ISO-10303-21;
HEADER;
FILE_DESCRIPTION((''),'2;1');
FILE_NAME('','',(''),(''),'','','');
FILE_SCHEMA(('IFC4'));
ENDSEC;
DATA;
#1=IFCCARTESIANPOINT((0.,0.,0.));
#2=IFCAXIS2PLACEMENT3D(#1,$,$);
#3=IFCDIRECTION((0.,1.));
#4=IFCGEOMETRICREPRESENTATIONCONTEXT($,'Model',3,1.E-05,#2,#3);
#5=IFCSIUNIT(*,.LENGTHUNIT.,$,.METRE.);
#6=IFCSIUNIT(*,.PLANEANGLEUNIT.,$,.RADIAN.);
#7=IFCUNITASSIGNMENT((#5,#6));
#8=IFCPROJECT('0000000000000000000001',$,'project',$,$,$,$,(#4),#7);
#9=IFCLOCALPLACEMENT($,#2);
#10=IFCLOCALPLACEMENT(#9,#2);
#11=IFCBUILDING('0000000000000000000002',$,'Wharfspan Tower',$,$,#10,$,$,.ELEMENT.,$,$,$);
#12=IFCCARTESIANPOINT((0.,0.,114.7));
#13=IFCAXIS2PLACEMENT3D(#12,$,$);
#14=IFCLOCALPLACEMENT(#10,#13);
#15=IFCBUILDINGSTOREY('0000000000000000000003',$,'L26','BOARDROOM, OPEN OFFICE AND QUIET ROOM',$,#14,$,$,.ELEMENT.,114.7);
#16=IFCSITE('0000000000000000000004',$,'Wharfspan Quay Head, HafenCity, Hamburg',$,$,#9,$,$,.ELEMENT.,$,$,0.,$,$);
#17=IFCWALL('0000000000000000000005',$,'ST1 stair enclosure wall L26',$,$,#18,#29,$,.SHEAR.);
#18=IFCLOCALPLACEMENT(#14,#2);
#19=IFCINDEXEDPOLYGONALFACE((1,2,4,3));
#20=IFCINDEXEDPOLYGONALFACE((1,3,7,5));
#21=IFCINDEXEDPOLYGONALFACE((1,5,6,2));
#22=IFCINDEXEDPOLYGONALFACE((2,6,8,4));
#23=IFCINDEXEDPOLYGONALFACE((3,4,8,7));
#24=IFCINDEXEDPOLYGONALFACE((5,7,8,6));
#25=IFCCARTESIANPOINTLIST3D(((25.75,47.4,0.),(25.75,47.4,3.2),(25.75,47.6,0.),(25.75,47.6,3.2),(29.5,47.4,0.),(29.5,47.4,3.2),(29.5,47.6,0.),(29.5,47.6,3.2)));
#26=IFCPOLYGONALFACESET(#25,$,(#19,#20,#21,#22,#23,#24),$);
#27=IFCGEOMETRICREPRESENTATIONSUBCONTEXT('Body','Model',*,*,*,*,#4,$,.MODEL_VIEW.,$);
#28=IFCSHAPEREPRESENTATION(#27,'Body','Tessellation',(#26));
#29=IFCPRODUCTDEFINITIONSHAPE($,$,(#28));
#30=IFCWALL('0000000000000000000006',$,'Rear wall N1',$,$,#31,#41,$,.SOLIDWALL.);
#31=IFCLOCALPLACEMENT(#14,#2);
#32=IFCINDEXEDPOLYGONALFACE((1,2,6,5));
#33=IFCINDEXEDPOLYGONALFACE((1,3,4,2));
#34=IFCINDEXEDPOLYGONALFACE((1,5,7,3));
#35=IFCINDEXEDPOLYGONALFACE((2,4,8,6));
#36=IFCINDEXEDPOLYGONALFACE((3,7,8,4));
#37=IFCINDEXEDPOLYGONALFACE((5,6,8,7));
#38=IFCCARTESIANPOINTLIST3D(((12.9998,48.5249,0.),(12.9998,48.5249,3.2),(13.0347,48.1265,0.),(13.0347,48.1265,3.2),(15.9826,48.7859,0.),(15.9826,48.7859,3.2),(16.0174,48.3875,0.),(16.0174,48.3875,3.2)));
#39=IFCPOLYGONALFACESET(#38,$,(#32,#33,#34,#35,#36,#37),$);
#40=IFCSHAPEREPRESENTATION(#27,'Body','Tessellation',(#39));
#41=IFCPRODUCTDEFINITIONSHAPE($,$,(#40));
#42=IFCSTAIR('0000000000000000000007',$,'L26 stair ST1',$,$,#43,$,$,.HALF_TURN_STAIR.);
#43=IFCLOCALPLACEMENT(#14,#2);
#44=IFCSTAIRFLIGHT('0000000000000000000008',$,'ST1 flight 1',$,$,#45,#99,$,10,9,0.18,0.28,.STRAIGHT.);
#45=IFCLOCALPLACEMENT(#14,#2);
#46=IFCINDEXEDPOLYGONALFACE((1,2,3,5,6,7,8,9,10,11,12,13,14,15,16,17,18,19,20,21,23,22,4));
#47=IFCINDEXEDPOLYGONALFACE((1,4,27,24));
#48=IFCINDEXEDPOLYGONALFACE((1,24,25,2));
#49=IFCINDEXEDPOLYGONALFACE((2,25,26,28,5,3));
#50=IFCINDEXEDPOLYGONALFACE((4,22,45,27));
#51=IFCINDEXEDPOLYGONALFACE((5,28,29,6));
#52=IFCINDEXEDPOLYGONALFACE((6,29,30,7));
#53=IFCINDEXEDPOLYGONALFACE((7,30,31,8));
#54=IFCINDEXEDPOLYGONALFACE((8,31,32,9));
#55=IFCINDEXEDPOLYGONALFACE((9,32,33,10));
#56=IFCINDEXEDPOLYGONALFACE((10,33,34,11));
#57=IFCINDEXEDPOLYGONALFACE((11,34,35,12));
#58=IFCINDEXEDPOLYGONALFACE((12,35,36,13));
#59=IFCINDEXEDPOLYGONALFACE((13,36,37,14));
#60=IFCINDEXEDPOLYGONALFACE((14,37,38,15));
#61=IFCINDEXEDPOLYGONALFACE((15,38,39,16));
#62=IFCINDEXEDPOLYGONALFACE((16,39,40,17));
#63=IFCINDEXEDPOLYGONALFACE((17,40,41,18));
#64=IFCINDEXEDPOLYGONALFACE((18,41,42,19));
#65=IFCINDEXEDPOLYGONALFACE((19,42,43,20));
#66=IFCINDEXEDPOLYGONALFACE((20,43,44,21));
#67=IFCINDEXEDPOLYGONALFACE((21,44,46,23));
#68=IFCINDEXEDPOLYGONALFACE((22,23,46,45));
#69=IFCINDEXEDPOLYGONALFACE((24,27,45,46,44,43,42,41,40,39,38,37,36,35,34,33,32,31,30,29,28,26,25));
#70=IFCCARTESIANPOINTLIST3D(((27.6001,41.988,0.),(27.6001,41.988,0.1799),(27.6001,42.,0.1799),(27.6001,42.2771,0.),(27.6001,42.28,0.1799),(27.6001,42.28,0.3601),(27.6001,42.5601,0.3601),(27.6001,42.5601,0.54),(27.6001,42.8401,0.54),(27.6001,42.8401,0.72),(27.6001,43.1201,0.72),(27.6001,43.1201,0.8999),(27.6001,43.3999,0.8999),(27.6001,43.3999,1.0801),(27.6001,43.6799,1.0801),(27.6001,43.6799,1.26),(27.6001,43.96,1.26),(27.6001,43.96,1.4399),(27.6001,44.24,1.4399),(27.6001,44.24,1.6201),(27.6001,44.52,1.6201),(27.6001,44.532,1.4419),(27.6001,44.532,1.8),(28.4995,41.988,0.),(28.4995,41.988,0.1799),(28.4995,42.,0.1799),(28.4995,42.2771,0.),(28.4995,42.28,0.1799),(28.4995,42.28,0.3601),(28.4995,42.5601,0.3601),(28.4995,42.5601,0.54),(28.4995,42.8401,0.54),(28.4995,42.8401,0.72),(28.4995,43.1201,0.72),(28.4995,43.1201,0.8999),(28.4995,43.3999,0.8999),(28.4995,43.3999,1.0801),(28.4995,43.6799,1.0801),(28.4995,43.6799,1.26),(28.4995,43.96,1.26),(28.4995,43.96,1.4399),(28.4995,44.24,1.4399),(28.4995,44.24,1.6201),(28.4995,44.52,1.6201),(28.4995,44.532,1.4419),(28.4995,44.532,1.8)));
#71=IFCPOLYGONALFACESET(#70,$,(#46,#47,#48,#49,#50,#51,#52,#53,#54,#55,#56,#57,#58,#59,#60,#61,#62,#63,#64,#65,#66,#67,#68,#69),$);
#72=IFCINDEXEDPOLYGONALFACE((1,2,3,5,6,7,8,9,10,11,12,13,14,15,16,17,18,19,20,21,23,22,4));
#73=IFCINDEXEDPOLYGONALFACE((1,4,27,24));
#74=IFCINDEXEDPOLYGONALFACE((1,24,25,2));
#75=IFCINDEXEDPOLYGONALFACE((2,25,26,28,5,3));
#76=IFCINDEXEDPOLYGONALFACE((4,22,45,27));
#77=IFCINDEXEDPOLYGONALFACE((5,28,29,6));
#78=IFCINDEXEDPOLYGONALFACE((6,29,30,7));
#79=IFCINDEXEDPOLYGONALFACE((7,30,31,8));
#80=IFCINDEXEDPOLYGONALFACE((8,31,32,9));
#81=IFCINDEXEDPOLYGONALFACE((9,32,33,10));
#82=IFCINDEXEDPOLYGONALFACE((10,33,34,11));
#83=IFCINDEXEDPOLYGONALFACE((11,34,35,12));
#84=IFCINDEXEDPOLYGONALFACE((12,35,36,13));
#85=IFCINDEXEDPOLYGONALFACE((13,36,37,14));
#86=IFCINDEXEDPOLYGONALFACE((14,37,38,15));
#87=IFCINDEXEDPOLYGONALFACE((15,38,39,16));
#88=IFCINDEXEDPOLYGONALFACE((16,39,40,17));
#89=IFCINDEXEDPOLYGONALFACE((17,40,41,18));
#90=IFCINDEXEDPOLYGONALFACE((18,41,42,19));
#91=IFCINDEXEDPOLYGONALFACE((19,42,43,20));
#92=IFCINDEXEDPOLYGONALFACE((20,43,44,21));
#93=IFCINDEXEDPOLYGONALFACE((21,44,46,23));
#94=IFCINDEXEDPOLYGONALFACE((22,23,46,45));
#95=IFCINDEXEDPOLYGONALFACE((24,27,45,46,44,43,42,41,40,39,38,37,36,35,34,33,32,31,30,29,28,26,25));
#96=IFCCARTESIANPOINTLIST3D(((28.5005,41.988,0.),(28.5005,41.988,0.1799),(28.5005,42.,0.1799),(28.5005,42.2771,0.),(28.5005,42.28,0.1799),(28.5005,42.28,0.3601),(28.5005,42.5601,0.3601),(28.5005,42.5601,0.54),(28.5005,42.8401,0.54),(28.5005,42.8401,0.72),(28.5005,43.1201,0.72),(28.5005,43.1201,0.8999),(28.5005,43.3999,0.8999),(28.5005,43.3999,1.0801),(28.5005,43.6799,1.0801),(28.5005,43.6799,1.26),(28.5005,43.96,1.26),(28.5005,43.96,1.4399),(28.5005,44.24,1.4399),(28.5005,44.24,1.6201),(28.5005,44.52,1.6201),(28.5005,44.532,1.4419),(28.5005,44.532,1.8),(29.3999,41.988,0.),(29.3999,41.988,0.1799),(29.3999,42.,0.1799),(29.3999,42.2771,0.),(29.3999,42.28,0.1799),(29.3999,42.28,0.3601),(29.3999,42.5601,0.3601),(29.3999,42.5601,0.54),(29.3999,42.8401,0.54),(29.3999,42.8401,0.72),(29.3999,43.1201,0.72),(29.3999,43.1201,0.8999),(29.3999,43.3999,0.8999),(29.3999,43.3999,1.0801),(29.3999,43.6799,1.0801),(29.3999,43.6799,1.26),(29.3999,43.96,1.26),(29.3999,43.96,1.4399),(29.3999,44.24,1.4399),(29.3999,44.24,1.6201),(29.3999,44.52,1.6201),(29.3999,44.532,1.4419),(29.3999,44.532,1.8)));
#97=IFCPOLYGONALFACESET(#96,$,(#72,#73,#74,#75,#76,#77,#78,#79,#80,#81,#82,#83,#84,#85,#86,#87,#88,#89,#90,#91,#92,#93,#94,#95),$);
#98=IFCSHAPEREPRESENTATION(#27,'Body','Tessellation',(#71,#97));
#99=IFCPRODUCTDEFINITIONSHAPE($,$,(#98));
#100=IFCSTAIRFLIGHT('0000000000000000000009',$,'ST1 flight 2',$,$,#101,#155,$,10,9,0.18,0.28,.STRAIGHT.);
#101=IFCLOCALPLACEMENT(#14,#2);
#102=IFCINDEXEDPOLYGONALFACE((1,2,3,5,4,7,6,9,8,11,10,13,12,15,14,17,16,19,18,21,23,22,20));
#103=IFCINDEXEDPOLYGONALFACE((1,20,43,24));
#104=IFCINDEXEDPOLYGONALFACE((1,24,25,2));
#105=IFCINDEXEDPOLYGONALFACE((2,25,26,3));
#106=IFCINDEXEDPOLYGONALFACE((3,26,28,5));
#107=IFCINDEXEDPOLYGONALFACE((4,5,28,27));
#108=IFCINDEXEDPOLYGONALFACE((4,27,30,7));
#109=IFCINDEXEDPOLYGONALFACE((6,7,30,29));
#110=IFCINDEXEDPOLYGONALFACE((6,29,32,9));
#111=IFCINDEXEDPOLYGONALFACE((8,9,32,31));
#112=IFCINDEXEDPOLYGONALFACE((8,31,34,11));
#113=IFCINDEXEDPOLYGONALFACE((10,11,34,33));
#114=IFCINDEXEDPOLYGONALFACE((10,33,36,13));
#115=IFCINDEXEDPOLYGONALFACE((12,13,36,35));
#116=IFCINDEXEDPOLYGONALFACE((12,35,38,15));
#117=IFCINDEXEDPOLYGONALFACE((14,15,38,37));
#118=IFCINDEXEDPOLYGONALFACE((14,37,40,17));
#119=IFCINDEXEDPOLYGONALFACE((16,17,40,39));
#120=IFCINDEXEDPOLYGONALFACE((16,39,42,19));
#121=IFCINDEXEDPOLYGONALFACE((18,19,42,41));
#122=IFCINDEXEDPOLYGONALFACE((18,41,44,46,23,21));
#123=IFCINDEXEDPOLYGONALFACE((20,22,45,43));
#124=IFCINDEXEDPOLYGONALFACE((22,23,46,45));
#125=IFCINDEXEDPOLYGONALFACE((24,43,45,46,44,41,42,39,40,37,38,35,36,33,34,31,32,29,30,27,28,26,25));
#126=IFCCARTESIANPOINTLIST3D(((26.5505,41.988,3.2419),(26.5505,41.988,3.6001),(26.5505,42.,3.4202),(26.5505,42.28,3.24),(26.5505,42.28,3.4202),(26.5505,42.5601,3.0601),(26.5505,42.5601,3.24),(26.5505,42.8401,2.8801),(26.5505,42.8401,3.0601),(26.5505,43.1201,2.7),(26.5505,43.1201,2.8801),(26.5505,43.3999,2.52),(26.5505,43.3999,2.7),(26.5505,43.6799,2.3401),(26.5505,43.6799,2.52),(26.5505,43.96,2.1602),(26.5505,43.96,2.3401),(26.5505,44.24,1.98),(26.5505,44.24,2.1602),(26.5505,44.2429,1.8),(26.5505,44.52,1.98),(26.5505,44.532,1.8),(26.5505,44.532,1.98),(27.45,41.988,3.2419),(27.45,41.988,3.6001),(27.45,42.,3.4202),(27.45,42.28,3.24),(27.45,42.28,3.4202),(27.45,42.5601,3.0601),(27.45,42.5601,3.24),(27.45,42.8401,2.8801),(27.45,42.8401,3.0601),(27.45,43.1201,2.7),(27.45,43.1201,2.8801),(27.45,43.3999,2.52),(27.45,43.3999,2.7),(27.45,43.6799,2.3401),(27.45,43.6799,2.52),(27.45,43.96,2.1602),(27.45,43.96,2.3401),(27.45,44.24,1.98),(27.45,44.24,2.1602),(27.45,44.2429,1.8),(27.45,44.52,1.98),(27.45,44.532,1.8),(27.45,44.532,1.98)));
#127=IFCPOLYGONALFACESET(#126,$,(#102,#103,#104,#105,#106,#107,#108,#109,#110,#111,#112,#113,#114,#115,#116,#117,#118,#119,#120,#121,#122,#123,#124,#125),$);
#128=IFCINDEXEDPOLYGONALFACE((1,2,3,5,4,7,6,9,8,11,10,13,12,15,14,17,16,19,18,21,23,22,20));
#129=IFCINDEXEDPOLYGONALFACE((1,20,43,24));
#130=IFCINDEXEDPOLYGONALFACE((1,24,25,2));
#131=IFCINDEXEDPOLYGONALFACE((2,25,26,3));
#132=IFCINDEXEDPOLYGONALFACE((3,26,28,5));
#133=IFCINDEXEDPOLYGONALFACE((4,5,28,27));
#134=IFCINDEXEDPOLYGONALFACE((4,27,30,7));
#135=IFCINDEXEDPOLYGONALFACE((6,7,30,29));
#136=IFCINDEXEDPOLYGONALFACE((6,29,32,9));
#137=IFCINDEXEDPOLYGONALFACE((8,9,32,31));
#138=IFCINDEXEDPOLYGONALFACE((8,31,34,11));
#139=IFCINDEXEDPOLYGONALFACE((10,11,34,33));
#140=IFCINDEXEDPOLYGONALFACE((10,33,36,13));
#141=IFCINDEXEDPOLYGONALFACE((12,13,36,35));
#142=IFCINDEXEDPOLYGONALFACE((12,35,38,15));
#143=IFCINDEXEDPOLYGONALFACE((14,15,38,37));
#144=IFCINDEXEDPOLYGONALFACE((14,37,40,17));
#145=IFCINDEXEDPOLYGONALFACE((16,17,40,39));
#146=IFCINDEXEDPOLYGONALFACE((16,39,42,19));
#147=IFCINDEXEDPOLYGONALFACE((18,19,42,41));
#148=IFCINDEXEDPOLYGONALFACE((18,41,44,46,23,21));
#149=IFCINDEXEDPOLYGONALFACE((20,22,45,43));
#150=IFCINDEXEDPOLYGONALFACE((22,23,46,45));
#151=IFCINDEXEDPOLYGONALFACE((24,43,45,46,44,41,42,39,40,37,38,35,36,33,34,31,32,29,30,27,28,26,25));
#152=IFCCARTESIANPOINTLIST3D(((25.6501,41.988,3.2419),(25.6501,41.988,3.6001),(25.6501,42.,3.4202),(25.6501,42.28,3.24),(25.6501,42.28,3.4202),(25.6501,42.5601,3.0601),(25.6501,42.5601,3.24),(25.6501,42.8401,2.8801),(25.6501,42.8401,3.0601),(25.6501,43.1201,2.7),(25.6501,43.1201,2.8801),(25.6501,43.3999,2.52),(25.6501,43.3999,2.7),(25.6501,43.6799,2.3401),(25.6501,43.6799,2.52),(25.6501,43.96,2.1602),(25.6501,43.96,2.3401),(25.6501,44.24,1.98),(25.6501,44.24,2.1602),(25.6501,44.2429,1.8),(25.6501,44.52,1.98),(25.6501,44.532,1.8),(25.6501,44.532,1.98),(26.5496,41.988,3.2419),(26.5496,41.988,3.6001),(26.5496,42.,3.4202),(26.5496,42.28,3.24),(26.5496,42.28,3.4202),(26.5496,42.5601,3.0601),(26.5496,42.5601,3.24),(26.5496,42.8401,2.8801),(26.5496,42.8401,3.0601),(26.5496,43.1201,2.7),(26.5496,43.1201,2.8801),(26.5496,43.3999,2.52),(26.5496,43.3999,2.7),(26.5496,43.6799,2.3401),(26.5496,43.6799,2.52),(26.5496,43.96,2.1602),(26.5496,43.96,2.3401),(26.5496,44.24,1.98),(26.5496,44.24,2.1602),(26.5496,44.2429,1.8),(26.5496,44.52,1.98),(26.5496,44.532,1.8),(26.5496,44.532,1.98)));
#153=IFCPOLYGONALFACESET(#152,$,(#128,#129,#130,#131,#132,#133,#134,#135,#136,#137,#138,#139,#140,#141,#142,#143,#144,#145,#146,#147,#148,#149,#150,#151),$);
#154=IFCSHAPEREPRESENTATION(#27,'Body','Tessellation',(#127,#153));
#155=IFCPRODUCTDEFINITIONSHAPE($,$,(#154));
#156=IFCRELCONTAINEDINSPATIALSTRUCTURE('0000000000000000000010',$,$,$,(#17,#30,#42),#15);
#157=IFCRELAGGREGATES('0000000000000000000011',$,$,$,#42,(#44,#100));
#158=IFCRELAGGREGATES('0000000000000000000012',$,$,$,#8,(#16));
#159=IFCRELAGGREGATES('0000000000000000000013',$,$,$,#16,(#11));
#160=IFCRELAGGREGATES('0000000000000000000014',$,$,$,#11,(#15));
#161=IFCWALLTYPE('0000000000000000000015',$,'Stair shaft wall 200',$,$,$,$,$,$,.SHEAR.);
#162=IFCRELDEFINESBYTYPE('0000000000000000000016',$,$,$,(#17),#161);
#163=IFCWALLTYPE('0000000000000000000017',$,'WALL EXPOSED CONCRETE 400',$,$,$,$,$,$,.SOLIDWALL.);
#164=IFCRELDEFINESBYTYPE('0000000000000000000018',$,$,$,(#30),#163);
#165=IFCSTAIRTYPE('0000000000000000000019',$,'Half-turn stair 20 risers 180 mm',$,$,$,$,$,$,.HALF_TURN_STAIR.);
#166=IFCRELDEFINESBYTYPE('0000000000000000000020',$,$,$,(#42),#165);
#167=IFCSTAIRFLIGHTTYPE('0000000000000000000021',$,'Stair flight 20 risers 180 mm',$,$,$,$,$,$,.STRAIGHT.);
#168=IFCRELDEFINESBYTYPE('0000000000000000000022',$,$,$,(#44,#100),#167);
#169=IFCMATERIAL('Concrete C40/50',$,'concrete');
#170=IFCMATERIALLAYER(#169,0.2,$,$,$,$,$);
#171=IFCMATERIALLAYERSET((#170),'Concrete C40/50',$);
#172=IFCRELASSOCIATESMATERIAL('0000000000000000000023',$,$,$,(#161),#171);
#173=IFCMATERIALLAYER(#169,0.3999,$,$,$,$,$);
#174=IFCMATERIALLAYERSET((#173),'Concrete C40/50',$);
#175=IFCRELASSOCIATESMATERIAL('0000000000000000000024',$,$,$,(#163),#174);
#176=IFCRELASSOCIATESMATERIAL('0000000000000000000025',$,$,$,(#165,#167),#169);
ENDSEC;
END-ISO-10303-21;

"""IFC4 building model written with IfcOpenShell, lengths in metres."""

from ifc_helpers import new_model, si_unit, direction, frame, frame_2d, origin, place, context, subcontext, project, spatial, polyline, rectangle, outline, extrude, material, layer, layer_set, type_object, element, aggregate, save


model = new_model("IFC4")

# Units and contexts
model_context = context("Model", 3, precision=1e-05, world=origin(), true_north=direction((0.0, 1.0)))
body_context = subcontext(model_context, "Body", "Model", "MODEL_VIEW")
ifc_project = project(units=[si_unit("LENGTHUNIT", "METRE"), si_unit("PLANEANGLEUNIT", "RADIAN")], contexts=[model_context])

# Site, building, storey
site_placement = place(None, origin())
site = spatial("IfcSite", under=ifc_project, at=site_placement, Name="Wharfspan Quay Head, HafenCity, Hamburg", CompositionType="ELEMENT", RefElevation=0.0)
building_placement = place(site_placement, origin())
building = spatial("IfcBuilding", under=site, at=building_placement, Name="Wharfspan Tower", CompositionType="ELEMENT")
storey_placement = place(building_placement, frame((0.0, 0.0, 114.7)))
storey = spatial("IfcBuildingStorey", under=building, at=storey_placement, Name="L26", Description="BOARDROOM, OPEN OFFICE AND QUIET ROOM", CompositionType="ELEMENT", Elevation=114.7)

# Walls
ifc_material_1 = material(Name="Concrete C40/50", Category="concrete")
ifc_layer_1 = layer(ifc_material_1, 0.2)
ifc_layer_set_1 = layer_set([ifc_layer_1], Name="Concrete C40/50")
wall_type_1 = type_object("IfcWallType", Name="Stair shaft wall 200", PredefinedType="SHEAR", material=ifc_layer_set_1)
wall_1_placement = place(storey_placement, frame((25.75, 47.5, 0.0), z_axis=(0.0, 0.0, 1.0), x_axis=(1.0, 0.0, 0.0)))
element("IfcWall", 1, at=wall_1_placement, inside=storey, type_object=wall_type_1, Name="ST1 stair enclosure wall L26", PredefinedType="SHEAR", context=body_context, shape_type="SweptSolid", body=[
    extrude(rectangle(XDim=3.75, YDim=0.2, at=frame_2d((1.875, 0.0))), origin(), (0.0, 0.0, 1.0), 3.2),
])
ifc_layer_2 = layer(ifc_material_1, 0.3999)
ifc_layer_set_2 = layer_set([ifc_layer_2], Name="Concrete C40/50")
wall_type_2 = type_object("IfcWallType", Name="WALL EXPOSED CONCRETE 400", PredefinedType="SOLIDWALL", material=ifc_layer_set_2)
wall_2_placement = place(storey_placement, frame((16.0, 48.5867, 0.0), z_axis=(0.0, 0.0, 1.0), x_axis=(-0.996194, -0.087168, 0.0)))
element("IfcWall", 2, at=wall_2_placement, inside=storey, type_object=wall_type_2, Name="Rear wall N1", PredefinedType="SOLIDWALL", context=body_context, shape_type="SweptSolid", body=[
    extrude(rectangle(XDim=2.9941, YDim=0.3999, at=frame_2d((1.4971, 0.0))), origin(), (0.0, 0.0, 1.0), 3.2),
])

# Stair, stair flights
stair_type = type_object("IfcStairType", Name="Half-turn stair 20 risers 180 mm", PredefinedType="HALF_TURN_STAIR", material=ifc_material_1)
stair_placement = place(storey_placement, origin())
stair = element("IfcStair", 3, at=stair_placement, inside=storey, type_object=stair_type, Name="L26 stair ST1", PredefinedType="HALF_TURN_STAIR")
stair_flight_type = type_object("IfcStairFlightType", Name="Stair flight 20 risers 180 mm", PredefinedType="STRAIGHT", material=ifc_material_1)
stair_flight_1_placement = place(storey_placement, frame((28.5, 42.0, 0.0), z_axis=(0.0, 0.0, 1.0), x_axis=(0.0, 1.0, 0.0)))
stair_flight_1 = element("IfcStairFlight", 4, at=stair_flight_1_placement, type_object=stair_flight_type, Name="ST1 flight 1", NumberOfRisers=10, NumberOfTreads=9, PredefinedType="STRAIGHT", RiserHeight=0.18, TreadLength=0.28, context=body_context, shape_type="SweptSolid", body=[
    extrude(outline(polyline([(-0.012, 0.0), (-0.012, 0.1799), (0.0, 0.1799), (0.28, 0.1799), (0.28, 0.3601), (0.5601, 0.3601), (0.5601, 0.54), (0.8401, 0.54), (0.8401, 0.72), (1.1201, 0.72), (1.1201, 0.8999), (1.3999, 0.8999), (1.3999, 1.0801), (1.6799, 1.0801), (1.6799, 1.26), (1.96, 1.26), (1.96, 1.4399), (2.24, 1.4399), (2.24, 1.6201), (2.52, 1.6201), (2.532, 1.8), (2.532, 1.4419), (0.2771, 0.0), (-0.012, 0.0)])), frame((0.0, 0.8999, 0.0), z_axis=(0.0, -1.0, 0.0), x_axis=(1.0, 0.0, 0.0)), (0.0, 0.0, 1.0), 0.8994),
    extrude(outline(polyline([(-0.012, 0.0), (-0.012, 0.1799), (0.0, 0.1799), (0.28, 0.1799), (0.28, 0.3601), (0.5601, 0.3601), (0.5601, 0.54), (0.8401, 0.54), (0.8401, 0.72), (1.1201, 0.72), (1.1201, 0.8999), (1.3999, 0.8999), (1.3999, 1.0801), (1.6799, 1.0801), (1.6799, 1.26), (1.96, 1.26), (1.96, 1.4399), (2.24, 1.4399), (2.24, 1.6201), (2.52, 1.6201), (2.532, 1.8), (2.532, 1.4419), (0.2771, 0.0), (-0.012, 0.0)])), frame((0.0, -0.0005, 0.0), z_axis=(0.0, -1.0, 0.0), x_axis=(1.0, 0.0, 0.0)), (0.0, 0.0, 1.0), 0.8994),
])
stair_flight_2_placement = place(storey_placement, frame((26.55, 44.52, 1.8), z_axis=(0.0, 0.0, 1.0), x_axis=(0.0, -1.0, 0.0)))
stair_flight_2 = element("IfcStairFlight", 5, at=stair_flight_2_placement, type_object=stair_flight_type, Name="ST1 flight 2", NumberOfRisers=10, NumberOfTreads=9, PredefinedType="STRAIGHT", RiserHeight=0.18, TreadLength=0.28, context=body_context, shape_type="SweptSolid", body=[
    extrude(outline(polyline([(-0.012, 0.0), (-0.012, 0.1799), (0.0, 0.1799), (0.28, 0.1799), (0.28, 0.3601), (0.5601, 0.3601), (0.5601, 0.54), (0.8401, 0.54), (0.8401, 0.72), (1.1201, 0.72), (1.1201, 0.8999), (1.3999, 0.8999), (1.3999, 1.0801), (1.6799, 1.0801), (1.6799, 1.26), (1.96, 1.26), (1.96, 1.4399), (2.24, 1.4399), (2.24, 1.6201), (2.52, 1.6201), (2.532, 1.8), (2.532, 1.4419), (0.2771, 0.0), (-0.012, 0.0)])), frame((0.0, 0.8999, 0.0), z_axis=(0.0, -1.0, 0.0), x_axis=(1.0, 0.0, 0.0)), (0.0, 0.0, 1.0), 0.8994),
    extrude(outline(polyline([(-0.012, 0.0), (-0.012, 0.1799), (0.0, 0.1799), (0.28, 0.1799), (0.28, 0.3601), (0.5601, 0.3601), (0.5601, 0.54), (0.8401, 0.54), (0.8401, 0.72), (1.1201, 0.72), (1.1201, 0.8999), (1.3999, 0.8999), (1.3999, 1.0801), (1.6799, 1.0801), (1.6799, 1.26), (1.96, 1.26), (1.96, 1.4399), (2.24, 1.4399), (2.24, 1.6201), (2.52, 1.6201), (2.532, 1.8), (2.532, 1.4419), (0.2771, 0.0), (-0.012, 0.0)])), frame((0.0, -0.0005, 0.0), z_axis=(0.0, -1.0, 0.0), x_axis=(1.0, 0.0, 0.0)), (0.0, 0.0, 1.0), 0.8994),
])
aggregate(stair, [stair_flight_1, stair_flight_2])

save(model, "model.ifc")
